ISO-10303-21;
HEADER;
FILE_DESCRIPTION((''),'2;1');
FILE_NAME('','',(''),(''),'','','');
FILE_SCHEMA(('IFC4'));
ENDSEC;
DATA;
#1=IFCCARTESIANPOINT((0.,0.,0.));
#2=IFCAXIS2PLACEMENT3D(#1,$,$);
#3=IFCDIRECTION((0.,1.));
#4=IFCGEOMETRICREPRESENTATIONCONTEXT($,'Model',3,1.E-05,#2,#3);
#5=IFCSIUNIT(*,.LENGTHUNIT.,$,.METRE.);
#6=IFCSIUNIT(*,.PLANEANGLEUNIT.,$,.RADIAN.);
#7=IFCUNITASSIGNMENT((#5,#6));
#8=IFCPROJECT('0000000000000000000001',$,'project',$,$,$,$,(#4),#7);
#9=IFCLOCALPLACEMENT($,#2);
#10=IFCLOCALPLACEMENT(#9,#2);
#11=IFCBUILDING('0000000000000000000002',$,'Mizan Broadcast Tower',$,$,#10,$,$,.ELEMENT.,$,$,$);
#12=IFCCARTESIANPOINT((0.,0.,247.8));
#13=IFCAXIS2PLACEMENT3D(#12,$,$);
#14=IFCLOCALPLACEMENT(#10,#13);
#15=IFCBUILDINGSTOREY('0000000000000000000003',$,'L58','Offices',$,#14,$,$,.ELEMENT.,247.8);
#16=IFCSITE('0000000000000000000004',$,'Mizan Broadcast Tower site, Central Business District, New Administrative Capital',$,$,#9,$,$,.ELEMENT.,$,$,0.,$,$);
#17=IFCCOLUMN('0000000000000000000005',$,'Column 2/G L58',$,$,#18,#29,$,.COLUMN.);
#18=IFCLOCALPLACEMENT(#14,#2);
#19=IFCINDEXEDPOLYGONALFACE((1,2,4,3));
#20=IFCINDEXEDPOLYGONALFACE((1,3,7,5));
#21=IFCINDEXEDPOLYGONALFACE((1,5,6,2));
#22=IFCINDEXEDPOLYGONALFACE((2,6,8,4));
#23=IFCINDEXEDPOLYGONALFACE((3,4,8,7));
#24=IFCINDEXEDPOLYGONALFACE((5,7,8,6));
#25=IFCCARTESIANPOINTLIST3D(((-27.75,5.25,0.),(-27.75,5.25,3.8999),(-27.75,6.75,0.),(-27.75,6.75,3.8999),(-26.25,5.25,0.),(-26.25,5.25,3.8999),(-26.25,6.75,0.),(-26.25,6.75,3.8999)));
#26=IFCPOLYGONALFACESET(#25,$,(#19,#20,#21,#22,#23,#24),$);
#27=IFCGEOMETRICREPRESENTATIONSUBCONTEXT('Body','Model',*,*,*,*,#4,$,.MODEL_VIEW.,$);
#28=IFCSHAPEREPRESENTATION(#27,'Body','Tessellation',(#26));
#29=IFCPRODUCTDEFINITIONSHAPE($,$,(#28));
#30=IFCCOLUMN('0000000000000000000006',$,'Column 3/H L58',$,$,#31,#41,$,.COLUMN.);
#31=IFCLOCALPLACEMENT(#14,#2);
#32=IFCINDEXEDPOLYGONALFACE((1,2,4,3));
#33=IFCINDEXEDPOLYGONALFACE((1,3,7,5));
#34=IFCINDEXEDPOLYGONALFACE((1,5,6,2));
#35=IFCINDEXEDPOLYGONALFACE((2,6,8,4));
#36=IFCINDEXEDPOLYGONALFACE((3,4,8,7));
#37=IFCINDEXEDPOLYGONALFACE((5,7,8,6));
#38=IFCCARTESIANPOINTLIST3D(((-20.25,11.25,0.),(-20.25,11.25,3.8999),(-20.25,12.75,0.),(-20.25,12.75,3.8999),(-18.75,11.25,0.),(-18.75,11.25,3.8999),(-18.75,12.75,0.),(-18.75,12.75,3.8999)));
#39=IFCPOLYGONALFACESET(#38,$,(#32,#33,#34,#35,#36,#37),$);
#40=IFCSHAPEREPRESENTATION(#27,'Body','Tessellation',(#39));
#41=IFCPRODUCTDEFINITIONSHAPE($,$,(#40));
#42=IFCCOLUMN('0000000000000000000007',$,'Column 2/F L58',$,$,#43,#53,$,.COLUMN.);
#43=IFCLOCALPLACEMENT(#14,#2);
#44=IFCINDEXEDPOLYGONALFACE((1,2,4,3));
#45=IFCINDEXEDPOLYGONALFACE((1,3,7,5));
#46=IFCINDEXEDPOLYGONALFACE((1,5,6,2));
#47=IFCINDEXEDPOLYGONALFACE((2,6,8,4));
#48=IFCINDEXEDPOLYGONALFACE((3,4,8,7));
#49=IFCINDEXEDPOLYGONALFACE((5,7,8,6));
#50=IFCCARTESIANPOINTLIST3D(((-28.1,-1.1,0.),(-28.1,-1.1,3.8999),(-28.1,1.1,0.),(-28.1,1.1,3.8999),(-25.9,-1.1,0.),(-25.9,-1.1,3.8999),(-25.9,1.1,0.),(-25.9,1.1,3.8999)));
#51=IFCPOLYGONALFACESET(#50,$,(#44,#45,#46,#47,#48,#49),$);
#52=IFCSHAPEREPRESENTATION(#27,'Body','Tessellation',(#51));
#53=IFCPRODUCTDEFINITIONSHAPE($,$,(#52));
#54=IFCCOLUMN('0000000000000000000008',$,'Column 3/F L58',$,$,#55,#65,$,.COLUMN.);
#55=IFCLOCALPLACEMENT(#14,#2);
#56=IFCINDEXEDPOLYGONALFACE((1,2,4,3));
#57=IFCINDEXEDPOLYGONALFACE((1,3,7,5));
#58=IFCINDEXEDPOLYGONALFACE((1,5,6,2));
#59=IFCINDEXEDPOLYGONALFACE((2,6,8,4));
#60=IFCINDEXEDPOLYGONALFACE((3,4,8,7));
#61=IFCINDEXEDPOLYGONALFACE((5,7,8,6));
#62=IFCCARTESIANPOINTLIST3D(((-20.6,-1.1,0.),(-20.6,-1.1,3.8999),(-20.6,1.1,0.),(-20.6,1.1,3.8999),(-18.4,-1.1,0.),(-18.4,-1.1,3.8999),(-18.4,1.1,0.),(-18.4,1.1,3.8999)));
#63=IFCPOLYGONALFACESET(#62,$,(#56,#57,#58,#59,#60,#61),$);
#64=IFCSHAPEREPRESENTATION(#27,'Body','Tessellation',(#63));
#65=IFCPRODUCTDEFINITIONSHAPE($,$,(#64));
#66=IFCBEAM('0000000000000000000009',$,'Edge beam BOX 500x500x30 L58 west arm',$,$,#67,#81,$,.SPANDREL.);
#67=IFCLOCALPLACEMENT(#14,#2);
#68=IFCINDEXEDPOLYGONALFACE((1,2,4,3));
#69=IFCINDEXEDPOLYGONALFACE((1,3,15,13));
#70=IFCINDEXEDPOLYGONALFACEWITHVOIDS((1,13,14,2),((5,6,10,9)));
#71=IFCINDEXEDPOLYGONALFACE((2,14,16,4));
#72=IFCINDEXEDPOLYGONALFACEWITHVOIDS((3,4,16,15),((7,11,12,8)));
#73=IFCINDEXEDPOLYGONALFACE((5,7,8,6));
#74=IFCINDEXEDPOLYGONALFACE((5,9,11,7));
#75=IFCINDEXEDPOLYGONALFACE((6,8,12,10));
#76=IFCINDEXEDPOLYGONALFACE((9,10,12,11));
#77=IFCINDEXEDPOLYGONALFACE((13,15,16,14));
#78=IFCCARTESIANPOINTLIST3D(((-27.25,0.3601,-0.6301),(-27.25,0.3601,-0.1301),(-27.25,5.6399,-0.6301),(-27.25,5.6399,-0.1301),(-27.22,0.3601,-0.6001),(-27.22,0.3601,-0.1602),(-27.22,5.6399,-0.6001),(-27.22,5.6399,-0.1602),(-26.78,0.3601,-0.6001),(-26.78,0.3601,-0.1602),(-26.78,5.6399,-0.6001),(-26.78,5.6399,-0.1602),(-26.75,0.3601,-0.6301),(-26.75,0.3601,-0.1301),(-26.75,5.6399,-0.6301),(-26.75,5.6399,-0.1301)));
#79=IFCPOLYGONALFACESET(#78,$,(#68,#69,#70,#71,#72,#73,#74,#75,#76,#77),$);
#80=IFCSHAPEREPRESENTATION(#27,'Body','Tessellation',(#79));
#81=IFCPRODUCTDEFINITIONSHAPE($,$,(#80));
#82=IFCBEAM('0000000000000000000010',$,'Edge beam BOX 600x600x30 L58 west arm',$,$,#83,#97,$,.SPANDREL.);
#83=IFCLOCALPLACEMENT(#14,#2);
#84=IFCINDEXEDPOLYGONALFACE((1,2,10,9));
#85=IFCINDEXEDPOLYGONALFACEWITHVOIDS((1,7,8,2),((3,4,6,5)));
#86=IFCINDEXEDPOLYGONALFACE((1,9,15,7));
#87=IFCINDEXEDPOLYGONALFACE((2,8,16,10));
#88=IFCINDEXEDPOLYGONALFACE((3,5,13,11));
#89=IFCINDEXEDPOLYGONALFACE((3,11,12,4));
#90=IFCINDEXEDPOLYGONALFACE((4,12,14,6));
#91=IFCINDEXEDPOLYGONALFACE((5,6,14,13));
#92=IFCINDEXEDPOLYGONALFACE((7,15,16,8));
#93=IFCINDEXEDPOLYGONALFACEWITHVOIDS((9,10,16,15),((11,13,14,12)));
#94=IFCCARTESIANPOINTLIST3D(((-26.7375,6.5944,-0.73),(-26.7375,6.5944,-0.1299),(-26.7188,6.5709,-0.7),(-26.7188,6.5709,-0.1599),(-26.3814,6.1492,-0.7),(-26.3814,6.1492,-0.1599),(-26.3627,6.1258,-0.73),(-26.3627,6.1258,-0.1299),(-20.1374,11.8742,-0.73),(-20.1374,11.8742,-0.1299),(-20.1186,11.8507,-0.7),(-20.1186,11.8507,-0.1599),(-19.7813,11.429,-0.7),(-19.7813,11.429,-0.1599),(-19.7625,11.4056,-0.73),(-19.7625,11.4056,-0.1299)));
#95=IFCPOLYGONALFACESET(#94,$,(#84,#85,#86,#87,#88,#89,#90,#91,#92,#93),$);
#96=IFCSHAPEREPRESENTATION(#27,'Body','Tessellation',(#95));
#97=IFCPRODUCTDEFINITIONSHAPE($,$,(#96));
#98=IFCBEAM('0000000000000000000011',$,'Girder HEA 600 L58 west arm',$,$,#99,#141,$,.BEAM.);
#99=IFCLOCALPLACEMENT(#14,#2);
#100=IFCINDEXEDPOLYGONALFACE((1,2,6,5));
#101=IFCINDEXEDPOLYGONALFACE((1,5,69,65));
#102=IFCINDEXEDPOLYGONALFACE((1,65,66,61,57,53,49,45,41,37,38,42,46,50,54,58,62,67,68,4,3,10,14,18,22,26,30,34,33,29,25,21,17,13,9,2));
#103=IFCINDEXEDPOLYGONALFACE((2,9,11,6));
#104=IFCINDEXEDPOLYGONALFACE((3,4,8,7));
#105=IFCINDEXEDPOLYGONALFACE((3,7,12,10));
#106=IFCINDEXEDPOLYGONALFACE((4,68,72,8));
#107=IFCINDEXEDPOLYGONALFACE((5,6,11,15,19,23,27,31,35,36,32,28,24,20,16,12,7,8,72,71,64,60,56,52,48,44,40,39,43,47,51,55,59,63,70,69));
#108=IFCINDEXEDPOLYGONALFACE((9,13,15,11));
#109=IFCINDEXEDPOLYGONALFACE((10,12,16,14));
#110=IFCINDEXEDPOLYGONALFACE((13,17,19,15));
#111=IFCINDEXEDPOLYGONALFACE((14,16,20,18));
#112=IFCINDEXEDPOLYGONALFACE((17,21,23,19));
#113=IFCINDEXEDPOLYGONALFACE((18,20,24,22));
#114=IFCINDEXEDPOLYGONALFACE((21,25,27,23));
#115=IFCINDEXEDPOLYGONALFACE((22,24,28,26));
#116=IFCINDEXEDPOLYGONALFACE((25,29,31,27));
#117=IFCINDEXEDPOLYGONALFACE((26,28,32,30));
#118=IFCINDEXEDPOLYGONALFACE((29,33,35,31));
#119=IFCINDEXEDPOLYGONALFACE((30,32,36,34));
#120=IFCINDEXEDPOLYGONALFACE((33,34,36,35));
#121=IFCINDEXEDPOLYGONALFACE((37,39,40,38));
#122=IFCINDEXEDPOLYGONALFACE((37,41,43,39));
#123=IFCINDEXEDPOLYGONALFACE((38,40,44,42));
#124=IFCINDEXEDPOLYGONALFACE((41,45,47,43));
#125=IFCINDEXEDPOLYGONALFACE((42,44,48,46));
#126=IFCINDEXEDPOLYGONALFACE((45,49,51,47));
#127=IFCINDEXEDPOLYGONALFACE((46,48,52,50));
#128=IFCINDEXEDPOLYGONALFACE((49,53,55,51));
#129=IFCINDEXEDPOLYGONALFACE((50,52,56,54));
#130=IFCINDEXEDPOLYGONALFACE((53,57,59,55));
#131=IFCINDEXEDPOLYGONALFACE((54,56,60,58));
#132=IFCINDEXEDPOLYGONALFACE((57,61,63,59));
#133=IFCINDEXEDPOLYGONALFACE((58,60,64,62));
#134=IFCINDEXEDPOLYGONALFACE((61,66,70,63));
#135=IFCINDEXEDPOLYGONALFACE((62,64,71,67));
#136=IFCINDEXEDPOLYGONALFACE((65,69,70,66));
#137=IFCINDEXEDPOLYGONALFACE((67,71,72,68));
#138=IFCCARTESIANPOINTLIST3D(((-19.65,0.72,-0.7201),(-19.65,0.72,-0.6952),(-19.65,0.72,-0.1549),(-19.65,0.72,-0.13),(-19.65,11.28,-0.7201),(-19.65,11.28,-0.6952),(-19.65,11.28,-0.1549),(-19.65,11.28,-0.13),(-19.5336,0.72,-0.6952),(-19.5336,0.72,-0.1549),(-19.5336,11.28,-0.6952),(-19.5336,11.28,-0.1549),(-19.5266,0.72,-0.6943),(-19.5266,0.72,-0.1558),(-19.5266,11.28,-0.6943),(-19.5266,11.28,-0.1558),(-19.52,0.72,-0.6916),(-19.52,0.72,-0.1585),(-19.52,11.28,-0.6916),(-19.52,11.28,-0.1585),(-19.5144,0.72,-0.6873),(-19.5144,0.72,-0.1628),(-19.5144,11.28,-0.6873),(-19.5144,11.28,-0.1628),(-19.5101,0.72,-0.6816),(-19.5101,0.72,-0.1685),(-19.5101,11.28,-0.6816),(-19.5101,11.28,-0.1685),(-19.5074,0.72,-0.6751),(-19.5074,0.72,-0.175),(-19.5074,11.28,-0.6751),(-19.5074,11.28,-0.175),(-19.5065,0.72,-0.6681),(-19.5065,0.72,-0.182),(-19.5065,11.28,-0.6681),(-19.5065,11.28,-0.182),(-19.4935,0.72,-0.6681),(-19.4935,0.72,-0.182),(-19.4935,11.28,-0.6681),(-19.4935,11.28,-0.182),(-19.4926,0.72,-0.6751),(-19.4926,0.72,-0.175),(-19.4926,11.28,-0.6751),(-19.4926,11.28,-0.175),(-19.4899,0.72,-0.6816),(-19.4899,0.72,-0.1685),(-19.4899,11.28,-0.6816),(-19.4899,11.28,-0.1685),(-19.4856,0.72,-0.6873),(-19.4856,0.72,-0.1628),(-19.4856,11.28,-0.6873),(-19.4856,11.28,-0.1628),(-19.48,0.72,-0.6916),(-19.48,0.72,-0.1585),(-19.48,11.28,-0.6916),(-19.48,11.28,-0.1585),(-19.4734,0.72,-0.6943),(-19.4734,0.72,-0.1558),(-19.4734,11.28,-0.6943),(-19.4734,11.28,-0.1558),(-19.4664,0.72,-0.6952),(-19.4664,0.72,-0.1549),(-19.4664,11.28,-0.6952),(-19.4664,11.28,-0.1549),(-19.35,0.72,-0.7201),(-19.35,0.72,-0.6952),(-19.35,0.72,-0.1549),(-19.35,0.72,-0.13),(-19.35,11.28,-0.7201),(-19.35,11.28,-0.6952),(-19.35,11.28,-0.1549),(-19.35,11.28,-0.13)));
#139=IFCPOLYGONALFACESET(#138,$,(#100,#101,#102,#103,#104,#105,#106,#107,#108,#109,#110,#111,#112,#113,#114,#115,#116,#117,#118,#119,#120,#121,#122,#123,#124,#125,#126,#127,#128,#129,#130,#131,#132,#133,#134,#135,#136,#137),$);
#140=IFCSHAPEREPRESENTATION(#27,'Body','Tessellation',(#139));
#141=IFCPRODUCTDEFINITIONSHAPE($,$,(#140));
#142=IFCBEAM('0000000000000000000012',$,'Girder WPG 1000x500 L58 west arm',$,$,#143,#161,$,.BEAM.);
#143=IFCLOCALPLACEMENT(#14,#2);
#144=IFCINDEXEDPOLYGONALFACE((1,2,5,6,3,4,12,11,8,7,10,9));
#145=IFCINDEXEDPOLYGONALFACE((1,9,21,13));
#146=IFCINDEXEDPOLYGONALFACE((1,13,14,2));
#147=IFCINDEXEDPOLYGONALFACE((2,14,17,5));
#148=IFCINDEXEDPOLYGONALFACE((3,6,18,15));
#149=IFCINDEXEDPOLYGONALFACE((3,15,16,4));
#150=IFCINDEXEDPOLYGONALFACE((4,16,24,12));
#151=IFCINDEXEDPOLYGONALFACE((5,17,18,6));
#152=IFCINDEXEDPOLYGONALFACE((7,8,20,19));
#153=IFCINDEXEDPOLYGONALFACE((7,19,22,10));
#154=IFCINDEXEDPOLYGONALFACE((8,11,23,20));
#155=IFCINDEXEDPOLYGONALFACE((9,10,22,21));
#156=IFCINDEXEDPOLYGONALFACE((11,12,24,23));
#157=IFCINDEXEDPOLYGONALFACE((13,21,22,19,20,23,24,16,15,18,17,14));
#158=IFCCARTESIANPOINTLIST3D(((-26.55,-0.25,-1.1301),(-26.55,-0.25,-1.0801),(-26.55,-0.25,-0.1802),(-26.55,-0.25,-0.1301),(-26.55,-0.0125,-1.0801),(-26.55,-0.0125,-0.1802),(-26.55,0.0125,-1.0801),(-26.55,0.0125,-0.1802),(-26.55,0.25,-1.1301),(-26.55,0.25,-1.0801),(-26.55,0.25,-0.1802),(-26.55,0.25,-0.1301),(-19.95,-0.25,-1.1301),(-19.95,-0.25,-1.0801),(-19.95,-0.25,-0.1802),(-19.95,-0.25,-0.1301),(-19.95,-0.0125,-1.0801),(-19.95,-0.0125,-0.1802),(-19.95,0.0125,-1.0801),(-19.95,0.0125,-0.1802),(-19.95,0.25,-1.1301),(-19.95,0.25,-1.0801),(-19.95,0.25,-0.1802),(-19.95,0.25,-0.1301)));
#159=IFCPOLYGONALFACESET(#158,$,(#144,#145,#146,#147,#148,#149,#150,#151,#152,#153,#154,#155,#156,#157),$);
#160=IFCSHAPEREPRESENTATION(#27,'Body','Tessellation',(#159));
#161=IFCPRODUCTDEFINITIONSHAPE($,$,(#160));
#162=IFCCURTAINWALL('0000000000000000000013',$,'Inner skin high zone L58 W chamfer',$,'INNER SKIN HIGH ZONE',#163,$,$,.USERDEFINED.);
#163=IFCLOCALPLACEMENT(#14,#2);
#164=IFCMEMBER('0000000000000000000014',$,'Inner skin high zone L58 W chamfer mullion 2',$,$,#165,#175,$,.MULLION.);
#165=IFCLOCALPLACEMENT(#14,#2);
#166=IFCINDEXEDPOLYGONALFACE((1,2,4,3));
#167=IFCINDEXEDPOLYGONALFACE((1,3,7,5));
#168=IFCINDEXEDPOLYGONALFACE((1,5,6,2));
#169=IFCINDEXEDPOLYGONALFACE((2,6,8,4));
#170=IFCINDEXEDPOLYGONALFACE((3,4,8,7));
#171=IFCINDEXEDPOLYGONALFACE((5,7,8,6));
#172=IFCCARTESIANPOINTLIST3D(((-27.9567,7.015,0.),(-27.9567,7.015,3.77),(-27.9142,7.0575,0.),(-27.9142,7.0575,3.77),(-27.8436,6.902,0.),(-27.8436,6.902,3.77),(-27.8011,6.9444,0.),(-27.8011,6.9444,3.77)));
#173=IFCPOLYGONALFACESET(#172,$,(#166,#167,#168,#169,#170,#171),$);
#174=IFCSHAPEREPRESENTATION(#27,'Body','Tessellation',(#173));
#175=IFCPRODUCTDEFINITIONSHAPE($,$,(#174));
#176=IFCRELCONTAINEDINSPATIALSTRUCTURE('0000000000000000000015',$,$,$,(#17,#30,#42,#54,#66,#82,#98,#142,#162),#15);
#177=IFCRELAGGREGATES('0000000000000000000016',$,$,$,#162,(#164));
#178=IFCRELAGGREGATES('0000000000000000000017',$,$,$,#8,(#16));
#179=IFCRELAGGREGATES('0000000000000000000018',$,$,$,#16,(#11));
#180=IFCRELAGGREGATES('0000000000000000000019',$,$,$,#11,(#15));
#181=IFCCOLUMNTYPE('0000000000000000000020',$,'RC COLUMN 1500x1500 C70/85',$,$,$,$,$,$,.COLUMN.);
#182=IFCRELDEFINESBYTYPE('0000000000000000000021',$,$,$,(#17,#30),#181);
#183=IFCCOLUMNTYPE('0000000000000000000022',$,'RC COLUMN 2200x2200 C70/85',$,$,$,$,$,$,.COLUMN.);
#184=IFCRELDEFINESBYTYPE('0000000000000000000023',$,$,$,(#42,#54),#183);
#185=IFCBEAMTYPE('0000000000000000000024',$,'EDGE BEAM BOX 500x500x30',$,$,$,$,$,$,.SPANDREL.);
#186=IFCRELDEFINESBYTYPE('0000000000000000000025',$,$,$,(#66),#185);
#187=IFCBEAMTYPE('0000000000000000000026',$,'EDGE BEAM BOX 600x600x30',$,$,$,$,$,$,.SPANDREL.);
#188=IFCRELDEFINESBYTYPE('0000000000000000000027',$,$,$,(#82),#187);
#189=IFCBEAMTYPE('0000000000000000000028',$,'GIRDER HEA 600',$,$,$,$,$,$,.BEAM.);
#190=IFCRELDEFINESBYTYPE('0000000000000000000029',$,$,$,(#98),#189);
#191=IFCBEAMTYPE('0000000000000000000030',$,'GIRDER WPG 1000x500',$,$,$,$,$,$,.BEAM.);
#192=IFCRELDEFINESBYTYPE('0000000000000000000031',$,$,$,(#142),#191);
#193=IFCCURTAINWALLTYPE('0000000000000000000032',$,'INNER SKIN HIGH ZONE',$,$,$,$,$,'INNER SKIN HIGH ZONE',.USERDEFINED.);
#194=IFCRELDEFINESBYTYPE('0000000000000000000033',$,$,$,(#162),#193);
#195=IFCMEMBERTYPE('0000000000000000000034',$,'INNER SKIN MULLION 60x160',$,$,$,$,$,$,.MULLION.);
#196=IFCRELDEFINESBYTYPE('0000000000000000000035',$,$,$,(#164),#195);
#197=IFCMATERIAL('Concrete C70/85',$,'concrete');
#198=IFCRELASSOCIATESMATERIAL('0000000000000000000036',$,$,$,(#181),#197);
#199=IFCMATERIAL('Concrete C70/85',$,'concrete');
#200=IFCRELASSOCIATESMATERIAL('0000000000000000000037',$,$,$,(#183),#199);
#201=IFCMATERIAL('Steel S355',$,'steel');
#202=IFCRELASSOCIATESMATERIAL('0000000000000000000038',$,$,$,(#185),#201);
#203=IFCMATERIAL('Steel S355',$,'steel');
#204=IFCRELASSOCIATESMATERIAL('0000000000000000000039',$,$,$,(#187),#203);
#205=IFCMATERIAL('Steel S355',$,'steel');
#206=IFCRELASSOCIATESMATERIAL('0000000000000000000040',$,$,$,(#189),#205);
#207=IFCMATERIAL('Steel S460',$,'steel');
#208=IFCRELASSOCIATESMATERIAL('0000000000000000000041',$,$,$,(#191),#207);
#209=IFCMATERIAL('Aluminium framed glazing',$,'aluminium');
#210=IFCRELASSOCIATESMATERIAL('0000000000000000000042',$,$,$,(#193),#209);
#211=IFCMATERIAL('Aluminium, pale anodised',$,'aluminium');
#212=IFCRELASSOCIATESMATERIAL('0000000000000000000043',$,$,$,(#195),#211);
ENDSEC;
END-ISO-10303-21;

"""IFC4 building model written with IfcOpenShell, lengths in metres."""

from ifc_helpers import new_model, si_unit, direction, frame, origin, origin_2d, place, context, subcontext, project, spatial, rectangle, hollow_rectangle, i_section, extrude, material, material_profile, profile_set, type_object, element, aggregate, save


model = new_model("IFC4")

# Units and contexts
model_context = context("Model", 3, precision=1e-05, world=origin(), true_north=direction((0.0, 1.0)))
body_context = subcontext(model_context, "Body", "Model", "MODEL_VIEW")
ifc_project = project(units=[si_unit("LENGTHUNIT", "METRE"), si_unit("PLANEANGLEUNIT", "RADIAN")], contexts=[model_context])

# Site, building, storey
site_placement = place(None, origin())
site = spatial("IfcSite", under=ifc_project, at=site_placement, Name="Mizan Broadcast Tower site, Central Business District, New Administrative Capital", CompositionType="ELEMENT", RefElevation=0.0)
building_placement = place(site_placement, origin())
building = spatial("IfcBuilding", under=site, at=building_placement, Name="Mizan Broadcast Tower", CompositionType="ELEMENT")
storey_placement = place(building_placement, frame((0.0, 0.0, 247.8)))
storey = spatial("IfcBuildingStorey", under=building, at=storey_placement, Name="L58", Description="Offices", CompositionType="ELEMENT", Elevation=247.8)

# Columns
ifc_material_1 = material(Name="Concrete C70/85", Category="concrete")
ifc_material_profile_1 = material_profile(ifc_material_1, rectangle(XDim=1.5, YDim=1.5, at=origin_2d()), Name="RC 1500x1500")
ifc_profile_set_1 = profile_set([ifc_material_profile_1], Name="Concrete C70/85")
column_type_1 = type_object("IfcColumnType", Name="RC COLUMN 1500x1500 C70/85", PredefinedType="COLUMN", material=ifc_profile_set_1)
for number, where, z_axis, x_axis, name in (
    (1, (-27.0, 6.0, 0.0), (0.0, 0.0, 1.0), (1.0, 0.0, 0.0), "Column 2/G L58"),
    (2, (-19.5, 12.0, 0.0), (0.0, 0.0, 1.0), (1.0, 0.0, 0.0), "Column 3/H L58"),
):
    element("IfcColumn", number, at=place(storey_placement, frame(where, z_axis=z_axis, x_axis=x_axis)), inside=storey, type_object=column_type_1, Name=name, PredefinedType="COLUMN", context=body_context, shape_type="SweptSolid", body=[
        extrude(rectangle(XDim=1.5, YDim=1.5, at=origin_2d()), origin(), (0.0, 0.0, 1.0), 3.8999),
    ])
ifc_material_2 = material(Name="Concrete C70/85", Category="concrete")
ifc_material_profile_2 = material_profile(ifc_material_2, rectangle(XDim=2.2, YDim=2.2, at=origin_2d()), Name="RC 2200x2200")
ifc_profile_set_2 = profile_set([ifc_material_profile_2], Name="Concrete C70/85")
column_type_2 = type_object("IfcColumnType", Name="RC COLUMN 2200x2200 C70/85", PredefinedType="COLUMN", material=ifc_profile_set_2)
for number, where, z_axis, x_axis, name in (
    (3, (-27.0, 0.0, 0.0), (0.0, 0.0, 1.0), (1.0, 0.0, 0.0), "Column 2/F L58"),
    (4, (-19.5, 0.0, 0.0), (0.0, 0.0, 1.0), (1.0, 0.0, 0.0), "Column 3/F L58"),
):
    element("IfcColumn", number, at=place(storey_placement, frame(where, z_axis=z_axis, x_axis=x_axis)), inside=storey, type_object=column_type_2, Name=name, PredefinedType="COLUMN", context=body_context, shape_type="SweptSolid", body=[
        extrude(rectangle(XDim=2.2, YDim=2.2, at=origin_2d()), origin(), (0.0, 0.0, 1.0), 3.8999),
    ])

# Beams
ifc_material_3 = material(Name="Steel S355", Category="steel")
ifc_material_profile_3 = material_profile(ifc_material_3, hollow_rectangle(XDim=0.5, YDim=0.5, WallThickness=0.03, at=origin_2d()), Name="BOX 500x500x30")
ifc_profile_set_3 = profile_set([ifc_material_profile_3], Name="Steel S355")
beam_type_1 = type_object("IfcBeamType", Name="EDGE BEAM BOX 500x500x30", PredefinedType="SPANDREL", material=ifc_profile_set_3)
beam_1_placement = place(storey_placement, frame((-27.0, 5.6399, -0.3801), z_axis=(0.0, -1.0, 0.0), x_axis=(1.0, 0.0, 0.0)))
element("IfcBeam", 5, at=beam_1_placement, inside=storey, type_object=beam_type_1, Name="Edge beam BOX 500x500x30 L58 west arm", PredefinedType="SPANDREL", context=body_context, shape_type="SweptSolid", body=[
    extrude(hollow_rectangle(XDim=0.5, YDim=0.5, WallThickness=0.03, at=origin_2d()), origin(), (0.0, 0.0, 1.0), 5.2798),
])
ifc_material_4 = material(Name="Steel S355", Category="steel")
ifc_material_profile_4 = material_profile(ifc_material_4, hollow_rectangle(XDim=0.6001, YDim=0.6001, WallThickness=0.03, at=origin_2d()), Name="BOX 600x600x30")
ifc_profile_set_4 = profile_set([ifc_material_profile_4], Name="Steel S355")
beam_type_2 = type_object("IfcBeamType", Name="EDGE BEAM BOX 600x600x30", PredefinedType="SPANDREL", material=ifc_profile_set_4)
beam_2_placement = place(storey_placement, frame((-19.95, 11.6399, -0.4299), z_axis=(-0.780886, -0.624674, 0.0), x_axis=(0.624674, -0.780886, 0.0)))
element("IfcBeam", 6, at=beam_2_placement, inside=storey, type_object=beam_type_2, Name="Edge beam BOX 600x600x30 L58 west arm", PredefinedType="SPANDREL", context=body_context, shape_type="SweptSolid", body=[
    extrude(hollow_rectangle(XDim=0.6001, YDim=0.6001, WallThickness=0.03, at=origin_2d()), origin(), (0.0, 0.0, 1.0), 8.4521),
])
ifc_material_5 = material(Name="Steel S355", Category="steel")
ifc_material_profile_5 = material_profile(ifc_material_5, i_section(OverallWidth=0.3, OverallDepth=0.5901, WebThickness=0.0129, FlangeThickness=0.0249, FilletRadius=0.0271, at=origin_2d()), Name="HEA 600")
ifc_profile_set_5 = profile_set([ifc_material_profile_5], Name="Steel S355")
beam_type_3 = type_object("IfcBeamType", Name="GIRDER HEA 600", PredefinedType="BEAM", material=ifc_profile_set_5)
beam_3_placement = place(storey_placement, frame((-19.5, 11.28, -0.425), z_axis=(0.0, -1.0, 0.0), x_axis=(1.0, 0.0, 0.0)))
element("IfcBeam", 7, at=beam_3_placement, inside=storey, type_object=beam_type_3, Name="Girder HEA 600 L58 west arm", PredefinedType="BEAM", context=body_context, shape_type="SweptSolid", body=[
    extrude(i_section(OverallWidth=0.3, OverallDepth=0.5901, WebThickness=0.0129, FlangeThickness=0.0249, FilletRadius=0.0271, at=origin_2d()), origin(), (0.0, 0.0, 1.0), 10.5601),
])
ifc_material_6 = material(Name="Steel S460", Category="steel")
ifc_material_profile_6 = material_profile(ifc_material_6, i_section(OverallWidth=0.5, OverallDepth=1.0, WebThickness=0.0249, FlangeThickness=0.05, at=origin_2d()), Name="WPG 1000x500")
ifc_profile_set_6 = profile_set([ifc_material_profile_6], Name="Steel S460")
beam_type_4 = type_object("IfcBeamType", Name="GIRDER WPG 1000x500", PredefinedType="BEAM", material=ifc_profile_set_6)
beam_4_placement = place(storey_placement, frame((-19.95, 0.0, -0.6301), z_axis=(-1.0, 0.0, 0.0), x_axis=(0.0, -1.0, 0.0)))
element("IfcBeam", 8, at=beam_4_placement, inside=storey, type_object=beam_type_4, Name="Girder WPG 1000x500 L58 west arm", PredefinedType="BEAM", context=body_context, shape_type="SweptSolid", body=[
    extrude(i_section(OverallWidth=0.5, OverallDepth=1.0, WebThickness=0.0249, FlangeThickness=0.05, at=origin_2d()), origin(), (0.0, 0.0, 1.0), 6.6001),
])

# Curtain wall, member
ifc_material_7 = material(Name="Aluminium framed glazing", Category="aluminium")
curtain_wall_type_1 = type_object("IfcCurtainWallType", Name="INNER SKIN HIGH ZONE", ElementType="INNER SKIN HIGH ZONE", PredefinedType="USERDEFINED", material=ifc_material_7)
curtain_wall_1_placement = place(storey_placement, origin())
curtain_wall_1 = element("IfcCurtainWall", 9, at=curtain_wall_1_placement, inside=storey, type_object=curtain_wall_type_1, Name="Inner skin high zone L58 W chamfer", ObjectType="INNER SKIN HIGH ZONE", PredefinedType="USERDEFINED")
ifc_material_8 = material(Name="Aluminium, pale anodised", Category="aluminium")
ifc_material_profile_7 = material_profile(ifc_material_8, rectangle(XDim=0.1599, YDim=0.0601, at=origin_2d()), Name="MULLION 160x60")
ifc_profile_set_7 = profile_set([ifc_material_profile_7], Name="Aluminium, pale anodised")
member_type_1 = type_object("IfcMemberType", Name="INNER SKIN MULLION 60x160", PredefinedType="MULLION", material=ifc_profile_set_7)
member_1_placement = place(storey_placement, frame((-27.8789, 6.9797, 0.0), z_axis=(0.0, 0.0, 1.0), x_axis=(0.707107, -0.707107, 0.0)))
member_1 = element("IfcMember", 10, at=member_1_placement, type_object=member_type_1, Name="Inner skin high zone L58 W chamfer mullion 2", PredefinedType="MULLION", context=body_context, shape_type="SweptSolid", body=[
    extrude(rectangle(XDim=0.1599, YDim=0.0601, at=origin_2d()), origin(), (0.0, 0.0, 1.0), 3.77),
])

aggregate(curtain_wall_1, [member_1])

save(model, "model.ifc")
